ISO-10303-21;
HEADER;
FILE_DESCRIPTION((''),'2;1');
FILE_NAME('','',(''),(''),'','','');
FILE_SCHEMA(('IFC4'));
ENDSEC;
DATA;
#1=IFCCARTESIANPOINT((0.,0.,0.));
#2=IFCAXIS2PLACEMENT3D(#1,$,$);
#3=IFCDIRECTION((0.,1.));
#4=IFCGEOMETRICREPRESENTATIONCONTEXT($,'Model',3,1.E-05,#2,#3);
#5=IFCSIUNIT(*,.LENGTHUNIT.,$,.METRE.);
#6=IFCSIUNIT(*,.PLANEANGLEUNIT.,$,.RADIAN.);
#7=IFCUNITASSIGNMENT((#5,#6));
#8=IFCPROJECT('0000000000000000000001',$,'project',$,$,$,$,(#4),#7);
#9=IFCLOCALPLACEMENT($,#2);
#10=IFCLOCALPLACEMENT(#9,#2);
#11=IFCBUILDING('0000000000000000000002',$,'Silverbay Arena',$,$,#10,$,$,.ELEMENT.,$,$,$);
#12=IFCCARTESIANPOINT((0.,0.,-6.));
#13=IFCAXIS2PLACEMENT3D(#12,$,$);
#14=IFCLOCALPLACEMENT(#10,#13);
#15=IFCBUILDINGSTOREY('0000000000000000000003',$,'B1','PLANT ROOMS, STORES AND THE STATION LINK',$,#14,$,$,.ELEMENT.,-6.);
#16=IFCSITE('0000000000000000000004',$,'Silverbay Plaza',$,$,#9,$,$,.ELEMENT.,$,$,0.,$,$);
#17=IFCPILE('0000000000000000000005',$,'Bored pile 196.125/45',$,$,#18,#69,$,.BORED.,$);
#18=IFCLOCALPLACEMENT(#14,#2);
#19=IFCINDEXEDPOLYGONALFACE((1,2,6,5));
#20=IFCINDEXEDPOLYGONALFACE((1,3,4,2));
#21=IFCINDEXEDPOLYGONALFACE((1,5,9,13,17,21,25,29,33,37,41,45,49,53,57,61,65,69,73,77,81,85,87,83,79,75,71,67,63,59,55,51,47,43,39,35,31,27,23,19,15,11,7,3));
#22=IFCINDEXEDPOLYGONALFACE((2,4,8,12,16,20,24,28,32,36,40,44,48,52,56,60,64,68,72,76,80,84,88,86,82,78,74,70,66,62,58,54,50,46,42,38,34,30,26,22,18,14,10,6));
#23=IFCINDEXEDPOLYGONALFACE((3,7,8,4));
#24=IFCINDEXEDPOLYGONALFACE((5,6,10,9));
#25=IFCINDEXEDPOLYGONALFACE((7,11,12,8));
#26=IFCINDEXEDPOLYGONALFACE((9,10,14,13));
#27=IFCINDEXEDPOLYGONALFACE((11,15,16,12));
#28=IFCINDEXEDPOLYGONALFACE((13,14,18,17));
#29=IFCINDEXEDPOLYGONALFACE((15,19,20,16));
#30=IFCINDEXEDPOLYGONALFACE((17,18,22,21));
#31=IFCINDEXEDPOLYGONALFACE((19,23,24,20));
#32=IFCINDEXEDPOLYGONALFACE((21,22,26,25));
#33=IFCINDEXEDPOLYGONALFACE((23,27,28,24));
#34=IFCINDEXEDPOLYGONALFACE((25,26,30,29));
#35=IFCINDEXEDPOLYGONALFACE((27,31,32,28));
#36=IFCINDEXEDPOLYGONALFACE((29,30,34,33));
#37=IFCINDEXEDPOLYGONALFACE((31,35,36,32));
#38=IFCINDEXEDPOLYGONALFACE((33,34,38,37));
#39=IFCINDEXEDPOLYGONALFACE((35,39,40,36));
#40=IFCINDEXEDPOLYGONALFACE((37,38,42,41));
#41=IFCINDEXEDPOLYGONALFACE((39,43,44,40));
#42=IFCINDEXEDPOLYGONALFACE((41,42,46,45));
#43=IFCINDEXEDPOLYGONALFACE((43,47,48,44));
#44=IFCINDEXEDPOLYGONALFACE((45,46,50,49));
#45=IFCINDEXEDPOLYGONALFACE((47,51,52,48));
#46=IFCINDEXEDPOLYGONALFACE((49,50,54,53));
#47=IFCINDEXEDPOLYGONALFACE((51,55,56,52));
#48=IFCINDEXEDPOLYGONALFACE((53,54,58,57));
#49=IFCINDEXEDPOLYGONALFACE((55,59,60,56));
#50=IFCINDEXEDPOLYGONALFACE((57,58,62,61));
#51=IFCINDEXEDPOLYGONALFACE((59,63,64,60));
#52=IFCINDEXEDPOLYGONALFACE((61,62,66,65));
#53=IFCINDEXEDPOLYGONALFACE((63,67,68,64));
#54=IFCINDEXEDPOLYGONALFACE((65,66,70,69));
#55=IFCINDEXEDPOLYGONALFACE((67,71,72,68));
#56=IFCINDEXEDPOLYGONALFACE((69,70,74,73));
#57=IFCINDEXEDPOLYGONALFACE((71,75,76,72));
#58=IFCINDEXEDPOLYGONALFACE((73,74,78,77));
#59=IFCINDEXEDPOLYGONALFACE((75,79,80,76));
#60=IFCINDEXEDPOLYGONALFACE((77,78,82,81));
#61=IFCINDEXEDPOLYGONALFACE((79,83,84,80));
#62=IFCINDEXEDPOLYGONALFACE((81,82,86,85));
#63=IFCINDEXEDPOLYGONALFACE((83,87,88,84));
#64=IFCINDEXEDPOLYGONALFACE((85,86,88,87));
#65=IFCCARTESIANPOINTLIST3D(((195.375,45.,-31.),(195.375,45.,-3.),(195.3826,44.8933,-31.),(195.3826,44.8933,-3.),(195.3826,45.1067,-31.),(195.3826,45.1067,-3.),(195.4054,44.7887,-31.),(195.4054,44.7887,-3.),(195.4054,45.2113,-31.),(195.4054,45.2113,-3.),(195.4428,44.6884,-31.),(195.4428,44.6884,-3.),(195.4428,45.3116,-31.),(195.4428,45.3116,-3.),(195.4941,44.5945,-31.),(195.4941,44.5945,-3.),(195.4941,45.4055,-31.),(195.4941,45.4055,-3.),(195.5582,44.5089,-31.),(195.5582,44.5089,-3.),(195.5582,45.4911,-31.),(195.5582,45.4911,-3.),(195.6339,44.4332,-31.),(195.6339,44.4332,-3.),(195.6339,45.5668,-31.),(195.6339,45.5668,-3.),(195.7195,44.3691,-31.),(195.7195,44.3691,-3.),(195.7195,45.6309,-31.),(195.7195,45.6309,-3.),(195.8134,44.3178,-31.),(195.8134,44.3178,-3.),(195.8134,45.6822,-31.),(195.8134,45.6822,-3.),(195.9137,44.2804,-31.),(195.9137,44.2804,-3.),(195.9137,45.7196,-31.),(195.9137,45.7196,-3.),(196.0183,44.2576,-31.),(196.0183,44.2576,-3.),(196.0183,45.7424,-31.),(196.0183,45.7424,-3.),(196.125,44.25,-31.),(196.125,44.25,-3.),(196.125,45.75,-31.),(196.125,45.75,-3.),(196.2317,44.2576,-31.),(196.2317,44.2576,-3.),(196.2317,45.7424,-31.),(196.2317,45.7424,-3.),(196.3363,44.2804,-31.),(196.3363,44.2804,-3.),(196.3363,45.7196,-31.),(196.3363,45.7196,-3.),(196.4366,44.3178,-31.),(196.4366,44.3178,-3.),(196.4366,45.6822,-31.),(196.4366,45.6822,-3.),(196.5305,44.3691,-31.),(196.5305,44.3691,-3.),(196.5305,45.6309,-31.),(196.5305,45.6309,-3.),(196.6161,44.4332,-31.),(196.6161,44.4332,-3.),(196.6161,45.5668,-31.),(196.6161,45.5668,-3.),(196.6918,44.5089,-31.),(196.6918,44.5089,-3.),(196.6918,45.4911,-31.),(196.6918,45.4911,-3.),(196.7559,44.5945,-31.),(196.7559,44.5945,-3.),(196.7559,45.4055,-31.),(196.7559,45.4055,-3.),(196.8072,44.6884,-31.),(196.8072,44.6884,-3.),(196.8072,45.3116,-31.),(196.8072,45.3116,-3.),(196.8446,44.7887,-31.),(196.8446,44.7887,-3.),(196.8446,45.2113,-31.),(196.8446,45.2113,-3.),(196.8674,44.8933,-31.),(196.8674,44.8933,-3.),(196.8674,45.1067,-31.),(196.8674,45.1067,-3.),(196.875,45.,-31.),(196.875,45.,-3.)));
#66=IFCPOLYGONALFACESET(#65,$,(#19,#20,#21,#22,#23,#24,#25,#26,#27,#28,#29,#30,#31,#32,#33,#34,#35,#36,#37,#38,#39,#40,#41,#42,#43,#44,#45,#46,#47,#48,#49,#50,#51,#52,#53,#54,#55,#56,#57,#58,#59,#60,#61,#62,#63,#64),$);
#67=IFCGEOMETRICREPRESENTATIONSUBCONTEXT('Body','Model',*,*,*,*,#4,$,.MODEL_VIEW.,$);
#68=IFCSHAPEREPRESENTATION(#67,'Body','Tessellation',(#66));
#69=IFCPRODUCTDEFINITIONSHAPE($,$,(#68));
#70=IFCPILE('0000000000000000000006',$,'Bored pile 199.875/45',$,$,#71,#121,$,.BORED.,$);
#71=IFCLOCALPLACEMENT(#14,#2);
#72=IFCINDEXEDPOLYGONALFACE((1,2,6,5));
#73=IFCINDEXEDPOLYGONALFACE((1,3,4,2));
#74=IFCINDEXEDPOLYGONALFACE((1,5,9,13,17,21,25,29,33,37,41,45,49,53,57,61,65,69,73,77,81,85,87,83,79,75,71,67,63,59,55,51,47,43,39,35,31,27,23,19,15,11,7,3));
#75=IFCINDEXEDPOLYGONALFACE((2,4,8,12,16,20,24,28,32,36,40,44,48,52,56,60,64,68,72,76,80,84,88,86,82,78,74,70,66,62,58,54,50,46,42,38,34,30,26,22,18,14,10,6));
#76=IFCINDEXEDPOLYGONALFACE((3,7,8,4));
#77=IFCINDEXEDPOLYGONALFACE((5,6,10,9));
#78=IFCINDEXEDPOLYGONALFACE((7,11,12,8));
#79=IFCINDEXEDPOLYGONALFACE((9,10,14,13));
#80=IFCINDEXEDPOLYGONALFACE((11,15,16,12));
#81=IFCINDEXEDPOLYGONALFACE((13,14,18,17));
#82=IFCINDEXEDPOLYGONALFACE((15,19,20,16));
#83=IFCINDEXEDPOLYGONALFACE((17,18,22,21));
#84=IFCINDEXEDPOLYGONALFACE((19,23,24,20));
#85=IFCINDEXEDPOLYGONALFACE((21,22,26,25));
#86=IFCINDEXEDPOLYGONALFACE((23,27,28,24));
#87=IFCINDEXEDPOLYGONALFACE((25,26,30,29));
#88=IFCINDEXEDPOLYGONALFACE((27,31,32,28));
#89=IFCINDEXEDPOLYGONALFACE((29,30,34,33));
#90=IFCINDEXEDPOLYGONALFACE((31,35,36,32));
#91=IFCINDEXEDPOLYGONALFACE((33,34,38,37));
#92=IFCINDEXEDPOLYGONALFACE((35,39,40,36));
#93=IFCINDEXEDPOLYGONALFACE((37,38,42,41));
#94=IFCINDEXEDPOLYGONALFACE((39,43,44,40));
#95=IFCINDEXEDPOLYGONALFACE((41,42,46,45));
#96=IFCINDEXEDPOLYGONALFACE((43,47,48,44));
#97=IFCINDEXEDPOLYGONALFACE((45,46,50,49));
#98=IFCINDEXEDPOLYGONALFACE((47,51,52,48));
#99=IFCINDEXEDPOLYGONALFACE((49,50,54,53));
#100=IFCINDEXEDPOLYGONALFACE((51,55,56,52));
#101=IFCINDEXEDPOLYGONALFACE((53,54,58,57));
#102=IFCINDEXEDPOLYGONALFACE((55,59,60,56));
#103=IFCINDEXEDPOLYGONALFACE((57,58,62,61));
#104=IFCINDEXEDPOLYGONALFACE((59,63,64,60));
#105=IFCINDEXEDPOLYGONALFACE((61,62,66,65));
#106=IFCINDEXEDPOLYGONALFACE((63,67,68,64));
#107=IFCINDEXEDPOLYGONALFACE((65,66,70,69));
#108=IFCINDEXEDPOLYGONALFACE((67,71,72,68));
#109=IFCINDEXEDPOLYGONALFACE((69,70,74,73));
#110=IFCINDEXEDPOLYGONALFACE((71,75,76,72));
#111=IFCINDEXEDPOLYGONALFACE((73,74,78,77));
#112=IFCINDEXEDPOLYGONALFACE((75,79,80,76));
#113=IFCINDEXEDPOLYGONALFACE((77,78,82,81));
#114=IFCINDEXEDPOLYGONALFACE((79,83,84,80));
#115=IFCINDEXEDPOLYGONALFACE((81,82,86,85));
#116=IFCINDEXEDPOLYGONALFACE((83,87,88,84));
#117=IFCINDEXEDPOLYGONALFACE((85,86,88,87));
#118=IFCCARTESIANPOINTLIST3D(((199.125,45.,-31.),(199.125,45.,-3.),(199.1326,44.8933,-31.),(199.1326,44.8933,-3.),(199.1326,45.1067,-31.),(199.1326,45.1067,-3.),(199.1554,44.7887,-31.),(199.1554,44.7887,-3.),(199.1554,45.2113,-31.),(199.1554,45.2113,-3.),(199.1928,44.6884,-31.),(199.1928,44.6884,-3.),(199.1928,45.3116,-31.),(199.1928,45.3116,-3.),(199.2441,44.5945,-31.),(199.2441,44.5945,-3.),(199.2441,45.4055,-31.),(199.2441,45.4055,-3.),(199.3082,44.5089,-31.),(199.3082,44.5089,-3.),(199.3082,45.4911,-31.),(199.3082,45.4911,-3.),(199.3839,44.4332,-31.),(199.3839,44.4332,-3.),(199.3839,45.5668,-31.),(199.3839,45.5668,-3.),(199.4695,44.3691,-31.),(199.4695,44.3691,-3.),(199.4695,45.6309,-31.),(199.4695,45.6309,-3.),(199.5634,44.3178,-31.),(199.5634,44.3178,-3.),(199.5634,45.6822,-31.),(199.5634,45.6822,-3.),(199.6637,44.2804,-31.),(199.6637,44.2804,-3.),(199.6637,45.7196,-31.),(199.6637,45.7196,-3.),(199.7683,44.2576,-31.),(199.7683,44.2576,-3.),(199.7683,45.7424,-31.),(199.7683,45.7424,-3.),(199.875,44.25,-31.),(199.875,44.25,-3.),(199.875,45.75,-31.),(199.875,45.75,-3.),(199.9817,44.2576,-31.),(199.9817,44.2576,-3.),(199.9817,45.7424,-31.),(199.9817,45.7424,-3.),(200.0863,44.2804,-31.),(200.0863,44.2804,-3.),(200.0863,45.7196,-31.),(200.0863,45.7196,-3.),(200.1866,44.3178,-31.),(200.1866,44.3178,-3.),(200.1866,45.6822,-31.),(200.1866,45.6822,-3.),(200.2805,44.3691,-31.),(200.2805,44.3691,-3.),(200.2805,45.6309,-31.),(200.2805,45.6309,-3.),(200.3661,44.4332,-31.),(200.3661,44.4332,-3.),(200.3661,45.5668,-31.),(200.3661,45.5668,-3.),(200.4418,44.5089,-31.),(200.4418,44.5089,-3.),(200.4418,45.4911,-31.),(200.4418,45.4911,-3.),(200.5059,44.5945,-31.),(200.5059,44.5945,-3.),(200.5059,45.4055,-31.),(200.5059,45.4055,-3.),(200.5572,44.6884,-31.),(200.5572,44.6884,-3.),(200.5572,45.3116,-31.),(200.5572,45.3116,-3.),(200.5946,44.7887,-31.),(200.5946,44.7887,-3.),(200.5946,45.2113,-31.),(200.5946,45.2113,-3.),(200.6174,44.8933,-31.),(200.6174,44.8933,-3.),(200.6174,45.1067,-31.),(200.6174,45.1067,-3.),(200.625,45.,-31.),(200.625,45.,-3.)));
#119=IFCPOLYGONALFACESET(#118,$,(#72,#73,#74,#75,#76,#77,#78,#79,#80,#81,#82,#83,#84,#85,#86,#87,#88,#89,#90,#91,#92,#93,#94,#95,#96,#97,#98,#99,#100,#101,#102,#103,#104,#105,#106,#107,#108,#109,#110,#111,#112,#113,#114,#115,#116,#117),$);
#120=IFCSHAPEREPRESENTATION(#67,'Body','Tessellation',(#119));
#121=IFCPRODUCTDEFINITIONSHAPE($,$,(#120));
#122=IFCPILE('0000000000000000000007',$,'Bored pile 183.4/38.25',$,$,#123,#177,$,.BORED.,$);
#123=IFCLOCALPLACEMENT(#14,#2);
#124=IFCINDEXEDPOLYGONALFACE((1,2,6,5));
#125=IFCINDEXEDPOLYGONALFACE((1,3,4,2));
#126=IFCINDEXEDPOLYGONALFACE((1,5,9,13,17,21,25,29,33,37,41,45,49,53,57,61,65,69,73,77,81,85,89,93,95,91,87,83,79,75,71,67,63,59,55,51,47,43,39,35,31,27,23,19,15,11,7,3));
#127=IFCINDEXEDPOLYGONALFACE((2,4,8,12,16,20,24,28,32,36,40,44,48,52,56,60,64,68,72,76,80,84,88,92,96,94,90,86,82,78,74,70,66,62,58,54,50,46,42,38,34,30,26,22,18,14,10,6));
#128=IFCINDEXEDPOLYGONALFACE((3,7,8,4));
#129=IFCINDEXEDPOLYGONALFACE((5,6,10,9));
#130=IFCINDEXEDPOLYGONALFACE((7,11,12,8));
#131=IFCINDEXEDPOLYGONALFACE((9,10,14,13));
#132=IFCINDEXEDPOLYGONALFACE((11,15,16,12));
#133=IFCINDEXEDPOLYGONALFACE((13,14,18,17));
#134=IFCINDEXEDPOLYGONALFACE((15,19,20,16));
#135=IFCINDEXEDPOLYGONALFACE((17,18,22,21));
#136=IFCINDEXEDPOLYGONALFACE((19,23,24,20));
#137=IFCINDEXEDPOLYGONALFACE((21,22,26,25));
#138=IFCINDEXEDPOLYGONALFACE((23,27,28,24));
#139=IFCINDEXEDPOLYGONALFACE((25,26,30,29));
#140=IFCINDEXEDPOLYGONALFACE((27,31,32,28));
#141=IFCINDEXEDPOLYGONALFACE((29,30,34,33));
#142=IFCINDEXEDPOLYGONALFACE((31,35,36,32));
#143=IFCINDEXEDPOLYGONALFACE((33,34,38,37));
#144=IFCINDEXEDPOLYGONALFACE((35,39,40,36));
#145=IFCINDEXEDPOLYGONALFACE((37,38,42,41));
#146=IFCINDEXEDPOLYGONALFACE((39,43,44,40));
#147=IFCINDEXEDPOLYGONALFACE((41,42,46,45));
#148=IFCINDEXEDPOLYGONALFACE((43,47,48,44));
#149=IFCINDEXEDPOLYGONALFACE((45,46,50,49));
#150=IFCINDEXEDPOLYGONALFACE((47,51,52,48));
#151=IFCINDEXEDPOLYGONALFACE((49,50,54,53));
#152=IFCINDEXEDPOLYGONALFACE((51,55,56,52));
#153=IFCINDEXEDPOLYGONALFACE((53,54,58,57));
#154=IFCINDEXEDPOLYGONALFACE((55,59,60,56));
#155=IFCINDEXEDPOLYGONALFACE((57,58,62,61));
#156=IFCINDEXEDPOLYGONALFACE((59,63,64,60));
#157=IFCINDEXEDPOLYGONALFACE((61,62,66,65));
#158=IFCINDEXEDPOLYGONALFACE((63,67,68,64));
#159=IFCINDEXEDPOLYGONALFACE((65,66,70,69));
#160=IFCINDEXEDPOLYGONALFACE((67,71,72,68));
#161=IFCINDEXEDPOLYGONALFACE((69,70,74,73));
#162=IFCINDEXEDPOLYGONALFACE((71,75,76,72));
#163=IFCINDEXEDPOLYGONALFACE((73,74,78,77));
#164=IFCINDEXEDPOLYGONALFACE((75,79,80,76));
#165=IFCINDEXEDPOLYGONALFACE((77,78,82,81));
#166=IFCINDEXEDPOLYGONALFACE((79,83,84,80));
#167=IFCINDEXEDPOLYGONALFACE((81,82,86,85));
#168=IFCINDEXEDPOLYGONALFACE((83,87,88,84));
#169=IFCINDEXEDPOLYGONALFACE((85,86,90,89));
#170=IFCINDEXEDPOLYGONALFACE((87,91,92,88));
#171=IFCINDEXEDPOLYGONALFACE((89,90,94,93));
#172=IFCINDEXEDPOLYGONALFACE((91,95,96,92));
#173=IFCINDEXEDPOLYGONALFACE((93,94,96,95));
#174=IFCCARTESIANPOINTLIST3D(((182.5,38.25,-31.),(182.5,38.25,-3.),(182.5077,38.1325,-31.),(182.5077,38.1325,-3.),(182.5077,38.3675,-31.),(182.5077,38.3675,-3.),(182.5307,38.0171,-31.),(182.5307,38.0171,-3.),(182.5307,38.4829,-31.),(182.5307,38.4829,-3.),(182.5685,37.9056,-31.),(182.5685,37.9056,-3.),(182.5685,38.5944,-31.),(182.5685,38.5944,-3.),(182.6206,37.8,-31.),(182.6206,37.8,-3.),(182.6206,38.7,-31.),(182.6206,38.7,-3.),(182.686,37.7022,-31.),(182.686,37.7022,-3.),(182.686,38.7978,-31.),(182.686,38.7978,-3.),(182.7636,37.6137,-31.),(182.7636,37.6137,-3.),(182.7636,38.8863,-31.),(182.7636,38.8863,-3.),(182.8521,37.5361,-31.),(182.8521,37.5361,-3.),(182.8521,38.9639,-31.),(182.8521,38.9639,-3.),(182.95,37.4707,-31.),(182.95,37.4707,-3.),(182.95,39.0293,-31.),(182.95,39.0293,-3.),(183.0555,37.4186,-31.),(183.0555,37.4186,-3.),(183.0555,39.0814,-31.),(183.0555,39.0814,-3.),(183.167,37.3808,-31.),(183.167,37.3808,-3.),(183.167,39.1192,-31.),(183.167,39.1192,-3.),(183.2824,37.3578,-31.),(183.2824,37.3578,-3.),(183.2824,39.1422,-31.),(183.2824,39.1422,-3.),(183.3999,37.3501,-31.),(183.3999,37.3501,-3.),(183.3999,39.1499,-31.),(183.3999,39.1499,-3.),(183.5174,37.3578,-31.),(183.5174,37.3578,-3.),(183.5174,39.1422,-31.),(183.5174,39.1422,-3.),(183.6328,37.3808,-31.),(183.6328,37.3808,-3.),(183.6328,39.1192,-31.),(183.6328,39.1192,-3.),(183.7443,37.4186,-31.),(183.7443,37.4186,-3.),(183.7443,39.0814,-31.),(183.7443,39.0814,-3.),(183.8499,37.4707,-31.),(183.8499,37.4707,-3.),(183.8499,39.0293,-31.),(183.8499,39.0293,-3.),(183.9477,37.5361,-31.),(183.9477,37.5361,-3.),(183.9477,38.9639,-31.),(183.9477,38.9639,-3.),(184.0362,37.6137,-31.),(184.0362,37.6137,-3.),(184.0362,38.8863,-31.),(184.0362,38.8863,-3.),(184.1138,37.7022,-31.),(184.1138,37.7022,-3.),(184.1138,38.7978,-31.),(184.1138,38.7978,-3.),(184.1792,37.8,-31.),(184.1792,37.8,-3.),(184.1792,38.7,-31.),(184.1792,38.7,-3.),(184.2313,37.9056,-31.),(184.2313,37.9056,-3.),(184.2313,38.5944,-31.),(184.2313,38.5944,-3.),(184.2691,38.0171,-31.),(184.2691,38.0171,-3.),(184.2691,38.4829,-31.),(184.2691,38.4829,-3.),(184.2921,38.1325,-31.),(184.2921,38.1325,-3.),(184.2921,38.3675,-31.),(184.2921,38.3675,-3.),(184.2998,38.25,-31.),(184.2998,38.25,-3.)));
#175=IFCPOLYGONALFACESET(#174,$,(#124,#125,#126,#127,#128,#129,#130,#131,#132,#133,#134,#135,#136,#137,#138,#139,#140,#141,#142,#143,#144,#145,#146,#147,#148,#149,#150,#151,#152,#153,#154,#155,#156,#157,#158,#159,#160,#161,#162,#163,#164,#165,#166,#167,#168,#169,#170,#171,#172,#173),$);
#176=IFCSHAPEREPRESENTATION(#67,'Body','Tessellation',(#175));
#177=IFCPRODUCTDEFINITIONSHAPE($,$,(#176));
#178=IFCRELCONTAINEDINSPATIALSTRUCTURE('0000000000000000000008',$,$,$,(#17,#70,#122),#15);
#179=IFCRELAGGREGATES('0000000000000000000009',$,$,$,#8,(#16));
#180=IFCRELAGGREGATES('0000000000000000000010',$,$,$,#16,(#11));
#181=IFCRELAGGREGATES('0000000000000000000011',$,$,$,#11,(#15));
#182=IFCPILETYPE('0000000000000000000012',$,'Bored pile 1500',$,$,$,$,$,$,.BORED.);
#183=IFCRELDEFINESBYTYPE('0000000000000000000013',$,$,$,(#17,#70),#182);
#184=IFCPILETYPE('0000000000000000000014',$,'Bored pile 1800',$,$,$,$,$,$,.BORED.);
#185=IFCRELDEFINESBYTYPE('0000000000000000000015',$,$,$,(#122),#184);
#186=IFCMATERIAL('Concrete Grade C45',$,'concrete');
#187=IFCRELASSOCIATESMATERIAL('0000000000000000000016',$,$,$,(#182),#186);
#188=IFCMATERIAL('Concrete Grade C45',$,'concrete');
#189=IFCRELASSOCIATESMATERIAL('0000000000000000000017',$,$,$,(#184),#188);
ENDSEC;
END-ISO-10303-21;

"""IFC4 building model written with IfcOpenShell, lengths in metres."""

from ifc_helpers import new_model, si_unit, direction, frame, origin, origin_2d, place, context, subcontext, project, spatial, circle, extrude, material, material_profile, profile_set, type_object, element, save


model = new_model("IFC4")

# Units and contexts
model_context = context("Model", 3, precision=1e-05, world=origin(), true_north=direction((0.0, 1.0)))
body_context = subcontext(model_context, "Body", "Model", "MODEL_VIEW")
ifc_project = project(units=[si_unit("LENGTHUNIT", "METRE"), si_unit("PLANEANGLEUNIT", "RADIAN")], contexts=[model_context])

# Site, building, storey
site_placement = place(None, origin())
site = spatial("IfcSite", under=ifc_project, at=site_placement, Name="Silverbay Plaza", CompositionType="ELEMENT", RefElevation=0.0)
building_placement = place(site_placement, origin())
building = spatial("IfcBuilding", under=site, at=building_placement, Name="Silverbay Arena", CompositionType="ELEMENT")
storey_placement = place(building_placement, frame((0.0, 0.0, -6.0)))
storey = spatial("IfcBuildingStorey", under=building, at=storey_placement, Name="B1", Description="PLANT ROOMS, STORES AND THE STATION LINK", CompositionType="ELEMENT", Elevation=-6.0)

# Piles
ifc_material_1 = material(Name="Concrete Grade C45", Category="concrete")
ifc_material_profile_1 = material_profile(ifc_material_1, circle(Radius=0.75, at=origin_2d()), Name="Bored pile 1500")
ifc_profile_set_1 = profile_set([ifc_material_profile_1], Name="Concrete Grade C45")
pile_type_1 = type_object("IfcPileType", Name="Bored pile 1500", PredefinedType="BORED", material=ifc_profile_set_1)
for number, where, z_axis, x_axis, name in (
    (1, (196.125, 45.0, -3.0), (0.0, 0.0, -1.0), (1.0, 0.0, 0.0), "Bored pile 196.125/45"),
    (2, (199.875, 45.0, -3.0), (0.0, 0.0, -1.0), (1.0, 0.0, 0.0), "Bored pile 199.875/45"),
):
    element("IfcPile", number, at=place(storey_placement, frame(where, z_axis=z_axis, x_axis=x_axis)), inside=storey, type_object=pile_type_1, Name=name, PredefinedType="BORED", context=body_context, shape_type="SweptSolid", body=[
        extrude(circle(Radius=0.75, at=origin_2d()), origin(), (0.0, 0.0, 1.0), 28.0),
    ])
ifc_material_2 = material(Name="Concrete Grade C45", Category="concrete")
ifc_material_profile_2 = material_profile(ifc_material_2, circle(Radius=0.8999, at=origin_2d()), Name="Bored pile 1800")
ifc_profile_set_2 = profile_set([ifc_material_profile_2], Name="Concrete Grade C45")
pile_type_2 = type_object("IfcPileType", Name="Bored pile 1800", PredefinedType="BORED", material=ifc_profile_set_2)
for number, where, z_axis, x_axis, name in (
    (3, (183.3999, 38.25, -3.0), (0.0, 0.0, -1.0), (1.0, 0.0, 0.0), "Bored pile 183.4/38.25"),
):
    element("IfcPile", number, at=place(storey_placement, frame(where, z_axis=z_axis, x_axis=x_axis)), inside=storey, type_object=pile_type_2, Name=name, PredefinedType="BORED", context=body_context, shape_type="SweptSolid", body=[
        extrude(circle(Radius=0.8999, at=origin_2d()), origin(), (0.0, 0.0, 1.0), 28.0),
    ])

save(model, "model.ifc")
